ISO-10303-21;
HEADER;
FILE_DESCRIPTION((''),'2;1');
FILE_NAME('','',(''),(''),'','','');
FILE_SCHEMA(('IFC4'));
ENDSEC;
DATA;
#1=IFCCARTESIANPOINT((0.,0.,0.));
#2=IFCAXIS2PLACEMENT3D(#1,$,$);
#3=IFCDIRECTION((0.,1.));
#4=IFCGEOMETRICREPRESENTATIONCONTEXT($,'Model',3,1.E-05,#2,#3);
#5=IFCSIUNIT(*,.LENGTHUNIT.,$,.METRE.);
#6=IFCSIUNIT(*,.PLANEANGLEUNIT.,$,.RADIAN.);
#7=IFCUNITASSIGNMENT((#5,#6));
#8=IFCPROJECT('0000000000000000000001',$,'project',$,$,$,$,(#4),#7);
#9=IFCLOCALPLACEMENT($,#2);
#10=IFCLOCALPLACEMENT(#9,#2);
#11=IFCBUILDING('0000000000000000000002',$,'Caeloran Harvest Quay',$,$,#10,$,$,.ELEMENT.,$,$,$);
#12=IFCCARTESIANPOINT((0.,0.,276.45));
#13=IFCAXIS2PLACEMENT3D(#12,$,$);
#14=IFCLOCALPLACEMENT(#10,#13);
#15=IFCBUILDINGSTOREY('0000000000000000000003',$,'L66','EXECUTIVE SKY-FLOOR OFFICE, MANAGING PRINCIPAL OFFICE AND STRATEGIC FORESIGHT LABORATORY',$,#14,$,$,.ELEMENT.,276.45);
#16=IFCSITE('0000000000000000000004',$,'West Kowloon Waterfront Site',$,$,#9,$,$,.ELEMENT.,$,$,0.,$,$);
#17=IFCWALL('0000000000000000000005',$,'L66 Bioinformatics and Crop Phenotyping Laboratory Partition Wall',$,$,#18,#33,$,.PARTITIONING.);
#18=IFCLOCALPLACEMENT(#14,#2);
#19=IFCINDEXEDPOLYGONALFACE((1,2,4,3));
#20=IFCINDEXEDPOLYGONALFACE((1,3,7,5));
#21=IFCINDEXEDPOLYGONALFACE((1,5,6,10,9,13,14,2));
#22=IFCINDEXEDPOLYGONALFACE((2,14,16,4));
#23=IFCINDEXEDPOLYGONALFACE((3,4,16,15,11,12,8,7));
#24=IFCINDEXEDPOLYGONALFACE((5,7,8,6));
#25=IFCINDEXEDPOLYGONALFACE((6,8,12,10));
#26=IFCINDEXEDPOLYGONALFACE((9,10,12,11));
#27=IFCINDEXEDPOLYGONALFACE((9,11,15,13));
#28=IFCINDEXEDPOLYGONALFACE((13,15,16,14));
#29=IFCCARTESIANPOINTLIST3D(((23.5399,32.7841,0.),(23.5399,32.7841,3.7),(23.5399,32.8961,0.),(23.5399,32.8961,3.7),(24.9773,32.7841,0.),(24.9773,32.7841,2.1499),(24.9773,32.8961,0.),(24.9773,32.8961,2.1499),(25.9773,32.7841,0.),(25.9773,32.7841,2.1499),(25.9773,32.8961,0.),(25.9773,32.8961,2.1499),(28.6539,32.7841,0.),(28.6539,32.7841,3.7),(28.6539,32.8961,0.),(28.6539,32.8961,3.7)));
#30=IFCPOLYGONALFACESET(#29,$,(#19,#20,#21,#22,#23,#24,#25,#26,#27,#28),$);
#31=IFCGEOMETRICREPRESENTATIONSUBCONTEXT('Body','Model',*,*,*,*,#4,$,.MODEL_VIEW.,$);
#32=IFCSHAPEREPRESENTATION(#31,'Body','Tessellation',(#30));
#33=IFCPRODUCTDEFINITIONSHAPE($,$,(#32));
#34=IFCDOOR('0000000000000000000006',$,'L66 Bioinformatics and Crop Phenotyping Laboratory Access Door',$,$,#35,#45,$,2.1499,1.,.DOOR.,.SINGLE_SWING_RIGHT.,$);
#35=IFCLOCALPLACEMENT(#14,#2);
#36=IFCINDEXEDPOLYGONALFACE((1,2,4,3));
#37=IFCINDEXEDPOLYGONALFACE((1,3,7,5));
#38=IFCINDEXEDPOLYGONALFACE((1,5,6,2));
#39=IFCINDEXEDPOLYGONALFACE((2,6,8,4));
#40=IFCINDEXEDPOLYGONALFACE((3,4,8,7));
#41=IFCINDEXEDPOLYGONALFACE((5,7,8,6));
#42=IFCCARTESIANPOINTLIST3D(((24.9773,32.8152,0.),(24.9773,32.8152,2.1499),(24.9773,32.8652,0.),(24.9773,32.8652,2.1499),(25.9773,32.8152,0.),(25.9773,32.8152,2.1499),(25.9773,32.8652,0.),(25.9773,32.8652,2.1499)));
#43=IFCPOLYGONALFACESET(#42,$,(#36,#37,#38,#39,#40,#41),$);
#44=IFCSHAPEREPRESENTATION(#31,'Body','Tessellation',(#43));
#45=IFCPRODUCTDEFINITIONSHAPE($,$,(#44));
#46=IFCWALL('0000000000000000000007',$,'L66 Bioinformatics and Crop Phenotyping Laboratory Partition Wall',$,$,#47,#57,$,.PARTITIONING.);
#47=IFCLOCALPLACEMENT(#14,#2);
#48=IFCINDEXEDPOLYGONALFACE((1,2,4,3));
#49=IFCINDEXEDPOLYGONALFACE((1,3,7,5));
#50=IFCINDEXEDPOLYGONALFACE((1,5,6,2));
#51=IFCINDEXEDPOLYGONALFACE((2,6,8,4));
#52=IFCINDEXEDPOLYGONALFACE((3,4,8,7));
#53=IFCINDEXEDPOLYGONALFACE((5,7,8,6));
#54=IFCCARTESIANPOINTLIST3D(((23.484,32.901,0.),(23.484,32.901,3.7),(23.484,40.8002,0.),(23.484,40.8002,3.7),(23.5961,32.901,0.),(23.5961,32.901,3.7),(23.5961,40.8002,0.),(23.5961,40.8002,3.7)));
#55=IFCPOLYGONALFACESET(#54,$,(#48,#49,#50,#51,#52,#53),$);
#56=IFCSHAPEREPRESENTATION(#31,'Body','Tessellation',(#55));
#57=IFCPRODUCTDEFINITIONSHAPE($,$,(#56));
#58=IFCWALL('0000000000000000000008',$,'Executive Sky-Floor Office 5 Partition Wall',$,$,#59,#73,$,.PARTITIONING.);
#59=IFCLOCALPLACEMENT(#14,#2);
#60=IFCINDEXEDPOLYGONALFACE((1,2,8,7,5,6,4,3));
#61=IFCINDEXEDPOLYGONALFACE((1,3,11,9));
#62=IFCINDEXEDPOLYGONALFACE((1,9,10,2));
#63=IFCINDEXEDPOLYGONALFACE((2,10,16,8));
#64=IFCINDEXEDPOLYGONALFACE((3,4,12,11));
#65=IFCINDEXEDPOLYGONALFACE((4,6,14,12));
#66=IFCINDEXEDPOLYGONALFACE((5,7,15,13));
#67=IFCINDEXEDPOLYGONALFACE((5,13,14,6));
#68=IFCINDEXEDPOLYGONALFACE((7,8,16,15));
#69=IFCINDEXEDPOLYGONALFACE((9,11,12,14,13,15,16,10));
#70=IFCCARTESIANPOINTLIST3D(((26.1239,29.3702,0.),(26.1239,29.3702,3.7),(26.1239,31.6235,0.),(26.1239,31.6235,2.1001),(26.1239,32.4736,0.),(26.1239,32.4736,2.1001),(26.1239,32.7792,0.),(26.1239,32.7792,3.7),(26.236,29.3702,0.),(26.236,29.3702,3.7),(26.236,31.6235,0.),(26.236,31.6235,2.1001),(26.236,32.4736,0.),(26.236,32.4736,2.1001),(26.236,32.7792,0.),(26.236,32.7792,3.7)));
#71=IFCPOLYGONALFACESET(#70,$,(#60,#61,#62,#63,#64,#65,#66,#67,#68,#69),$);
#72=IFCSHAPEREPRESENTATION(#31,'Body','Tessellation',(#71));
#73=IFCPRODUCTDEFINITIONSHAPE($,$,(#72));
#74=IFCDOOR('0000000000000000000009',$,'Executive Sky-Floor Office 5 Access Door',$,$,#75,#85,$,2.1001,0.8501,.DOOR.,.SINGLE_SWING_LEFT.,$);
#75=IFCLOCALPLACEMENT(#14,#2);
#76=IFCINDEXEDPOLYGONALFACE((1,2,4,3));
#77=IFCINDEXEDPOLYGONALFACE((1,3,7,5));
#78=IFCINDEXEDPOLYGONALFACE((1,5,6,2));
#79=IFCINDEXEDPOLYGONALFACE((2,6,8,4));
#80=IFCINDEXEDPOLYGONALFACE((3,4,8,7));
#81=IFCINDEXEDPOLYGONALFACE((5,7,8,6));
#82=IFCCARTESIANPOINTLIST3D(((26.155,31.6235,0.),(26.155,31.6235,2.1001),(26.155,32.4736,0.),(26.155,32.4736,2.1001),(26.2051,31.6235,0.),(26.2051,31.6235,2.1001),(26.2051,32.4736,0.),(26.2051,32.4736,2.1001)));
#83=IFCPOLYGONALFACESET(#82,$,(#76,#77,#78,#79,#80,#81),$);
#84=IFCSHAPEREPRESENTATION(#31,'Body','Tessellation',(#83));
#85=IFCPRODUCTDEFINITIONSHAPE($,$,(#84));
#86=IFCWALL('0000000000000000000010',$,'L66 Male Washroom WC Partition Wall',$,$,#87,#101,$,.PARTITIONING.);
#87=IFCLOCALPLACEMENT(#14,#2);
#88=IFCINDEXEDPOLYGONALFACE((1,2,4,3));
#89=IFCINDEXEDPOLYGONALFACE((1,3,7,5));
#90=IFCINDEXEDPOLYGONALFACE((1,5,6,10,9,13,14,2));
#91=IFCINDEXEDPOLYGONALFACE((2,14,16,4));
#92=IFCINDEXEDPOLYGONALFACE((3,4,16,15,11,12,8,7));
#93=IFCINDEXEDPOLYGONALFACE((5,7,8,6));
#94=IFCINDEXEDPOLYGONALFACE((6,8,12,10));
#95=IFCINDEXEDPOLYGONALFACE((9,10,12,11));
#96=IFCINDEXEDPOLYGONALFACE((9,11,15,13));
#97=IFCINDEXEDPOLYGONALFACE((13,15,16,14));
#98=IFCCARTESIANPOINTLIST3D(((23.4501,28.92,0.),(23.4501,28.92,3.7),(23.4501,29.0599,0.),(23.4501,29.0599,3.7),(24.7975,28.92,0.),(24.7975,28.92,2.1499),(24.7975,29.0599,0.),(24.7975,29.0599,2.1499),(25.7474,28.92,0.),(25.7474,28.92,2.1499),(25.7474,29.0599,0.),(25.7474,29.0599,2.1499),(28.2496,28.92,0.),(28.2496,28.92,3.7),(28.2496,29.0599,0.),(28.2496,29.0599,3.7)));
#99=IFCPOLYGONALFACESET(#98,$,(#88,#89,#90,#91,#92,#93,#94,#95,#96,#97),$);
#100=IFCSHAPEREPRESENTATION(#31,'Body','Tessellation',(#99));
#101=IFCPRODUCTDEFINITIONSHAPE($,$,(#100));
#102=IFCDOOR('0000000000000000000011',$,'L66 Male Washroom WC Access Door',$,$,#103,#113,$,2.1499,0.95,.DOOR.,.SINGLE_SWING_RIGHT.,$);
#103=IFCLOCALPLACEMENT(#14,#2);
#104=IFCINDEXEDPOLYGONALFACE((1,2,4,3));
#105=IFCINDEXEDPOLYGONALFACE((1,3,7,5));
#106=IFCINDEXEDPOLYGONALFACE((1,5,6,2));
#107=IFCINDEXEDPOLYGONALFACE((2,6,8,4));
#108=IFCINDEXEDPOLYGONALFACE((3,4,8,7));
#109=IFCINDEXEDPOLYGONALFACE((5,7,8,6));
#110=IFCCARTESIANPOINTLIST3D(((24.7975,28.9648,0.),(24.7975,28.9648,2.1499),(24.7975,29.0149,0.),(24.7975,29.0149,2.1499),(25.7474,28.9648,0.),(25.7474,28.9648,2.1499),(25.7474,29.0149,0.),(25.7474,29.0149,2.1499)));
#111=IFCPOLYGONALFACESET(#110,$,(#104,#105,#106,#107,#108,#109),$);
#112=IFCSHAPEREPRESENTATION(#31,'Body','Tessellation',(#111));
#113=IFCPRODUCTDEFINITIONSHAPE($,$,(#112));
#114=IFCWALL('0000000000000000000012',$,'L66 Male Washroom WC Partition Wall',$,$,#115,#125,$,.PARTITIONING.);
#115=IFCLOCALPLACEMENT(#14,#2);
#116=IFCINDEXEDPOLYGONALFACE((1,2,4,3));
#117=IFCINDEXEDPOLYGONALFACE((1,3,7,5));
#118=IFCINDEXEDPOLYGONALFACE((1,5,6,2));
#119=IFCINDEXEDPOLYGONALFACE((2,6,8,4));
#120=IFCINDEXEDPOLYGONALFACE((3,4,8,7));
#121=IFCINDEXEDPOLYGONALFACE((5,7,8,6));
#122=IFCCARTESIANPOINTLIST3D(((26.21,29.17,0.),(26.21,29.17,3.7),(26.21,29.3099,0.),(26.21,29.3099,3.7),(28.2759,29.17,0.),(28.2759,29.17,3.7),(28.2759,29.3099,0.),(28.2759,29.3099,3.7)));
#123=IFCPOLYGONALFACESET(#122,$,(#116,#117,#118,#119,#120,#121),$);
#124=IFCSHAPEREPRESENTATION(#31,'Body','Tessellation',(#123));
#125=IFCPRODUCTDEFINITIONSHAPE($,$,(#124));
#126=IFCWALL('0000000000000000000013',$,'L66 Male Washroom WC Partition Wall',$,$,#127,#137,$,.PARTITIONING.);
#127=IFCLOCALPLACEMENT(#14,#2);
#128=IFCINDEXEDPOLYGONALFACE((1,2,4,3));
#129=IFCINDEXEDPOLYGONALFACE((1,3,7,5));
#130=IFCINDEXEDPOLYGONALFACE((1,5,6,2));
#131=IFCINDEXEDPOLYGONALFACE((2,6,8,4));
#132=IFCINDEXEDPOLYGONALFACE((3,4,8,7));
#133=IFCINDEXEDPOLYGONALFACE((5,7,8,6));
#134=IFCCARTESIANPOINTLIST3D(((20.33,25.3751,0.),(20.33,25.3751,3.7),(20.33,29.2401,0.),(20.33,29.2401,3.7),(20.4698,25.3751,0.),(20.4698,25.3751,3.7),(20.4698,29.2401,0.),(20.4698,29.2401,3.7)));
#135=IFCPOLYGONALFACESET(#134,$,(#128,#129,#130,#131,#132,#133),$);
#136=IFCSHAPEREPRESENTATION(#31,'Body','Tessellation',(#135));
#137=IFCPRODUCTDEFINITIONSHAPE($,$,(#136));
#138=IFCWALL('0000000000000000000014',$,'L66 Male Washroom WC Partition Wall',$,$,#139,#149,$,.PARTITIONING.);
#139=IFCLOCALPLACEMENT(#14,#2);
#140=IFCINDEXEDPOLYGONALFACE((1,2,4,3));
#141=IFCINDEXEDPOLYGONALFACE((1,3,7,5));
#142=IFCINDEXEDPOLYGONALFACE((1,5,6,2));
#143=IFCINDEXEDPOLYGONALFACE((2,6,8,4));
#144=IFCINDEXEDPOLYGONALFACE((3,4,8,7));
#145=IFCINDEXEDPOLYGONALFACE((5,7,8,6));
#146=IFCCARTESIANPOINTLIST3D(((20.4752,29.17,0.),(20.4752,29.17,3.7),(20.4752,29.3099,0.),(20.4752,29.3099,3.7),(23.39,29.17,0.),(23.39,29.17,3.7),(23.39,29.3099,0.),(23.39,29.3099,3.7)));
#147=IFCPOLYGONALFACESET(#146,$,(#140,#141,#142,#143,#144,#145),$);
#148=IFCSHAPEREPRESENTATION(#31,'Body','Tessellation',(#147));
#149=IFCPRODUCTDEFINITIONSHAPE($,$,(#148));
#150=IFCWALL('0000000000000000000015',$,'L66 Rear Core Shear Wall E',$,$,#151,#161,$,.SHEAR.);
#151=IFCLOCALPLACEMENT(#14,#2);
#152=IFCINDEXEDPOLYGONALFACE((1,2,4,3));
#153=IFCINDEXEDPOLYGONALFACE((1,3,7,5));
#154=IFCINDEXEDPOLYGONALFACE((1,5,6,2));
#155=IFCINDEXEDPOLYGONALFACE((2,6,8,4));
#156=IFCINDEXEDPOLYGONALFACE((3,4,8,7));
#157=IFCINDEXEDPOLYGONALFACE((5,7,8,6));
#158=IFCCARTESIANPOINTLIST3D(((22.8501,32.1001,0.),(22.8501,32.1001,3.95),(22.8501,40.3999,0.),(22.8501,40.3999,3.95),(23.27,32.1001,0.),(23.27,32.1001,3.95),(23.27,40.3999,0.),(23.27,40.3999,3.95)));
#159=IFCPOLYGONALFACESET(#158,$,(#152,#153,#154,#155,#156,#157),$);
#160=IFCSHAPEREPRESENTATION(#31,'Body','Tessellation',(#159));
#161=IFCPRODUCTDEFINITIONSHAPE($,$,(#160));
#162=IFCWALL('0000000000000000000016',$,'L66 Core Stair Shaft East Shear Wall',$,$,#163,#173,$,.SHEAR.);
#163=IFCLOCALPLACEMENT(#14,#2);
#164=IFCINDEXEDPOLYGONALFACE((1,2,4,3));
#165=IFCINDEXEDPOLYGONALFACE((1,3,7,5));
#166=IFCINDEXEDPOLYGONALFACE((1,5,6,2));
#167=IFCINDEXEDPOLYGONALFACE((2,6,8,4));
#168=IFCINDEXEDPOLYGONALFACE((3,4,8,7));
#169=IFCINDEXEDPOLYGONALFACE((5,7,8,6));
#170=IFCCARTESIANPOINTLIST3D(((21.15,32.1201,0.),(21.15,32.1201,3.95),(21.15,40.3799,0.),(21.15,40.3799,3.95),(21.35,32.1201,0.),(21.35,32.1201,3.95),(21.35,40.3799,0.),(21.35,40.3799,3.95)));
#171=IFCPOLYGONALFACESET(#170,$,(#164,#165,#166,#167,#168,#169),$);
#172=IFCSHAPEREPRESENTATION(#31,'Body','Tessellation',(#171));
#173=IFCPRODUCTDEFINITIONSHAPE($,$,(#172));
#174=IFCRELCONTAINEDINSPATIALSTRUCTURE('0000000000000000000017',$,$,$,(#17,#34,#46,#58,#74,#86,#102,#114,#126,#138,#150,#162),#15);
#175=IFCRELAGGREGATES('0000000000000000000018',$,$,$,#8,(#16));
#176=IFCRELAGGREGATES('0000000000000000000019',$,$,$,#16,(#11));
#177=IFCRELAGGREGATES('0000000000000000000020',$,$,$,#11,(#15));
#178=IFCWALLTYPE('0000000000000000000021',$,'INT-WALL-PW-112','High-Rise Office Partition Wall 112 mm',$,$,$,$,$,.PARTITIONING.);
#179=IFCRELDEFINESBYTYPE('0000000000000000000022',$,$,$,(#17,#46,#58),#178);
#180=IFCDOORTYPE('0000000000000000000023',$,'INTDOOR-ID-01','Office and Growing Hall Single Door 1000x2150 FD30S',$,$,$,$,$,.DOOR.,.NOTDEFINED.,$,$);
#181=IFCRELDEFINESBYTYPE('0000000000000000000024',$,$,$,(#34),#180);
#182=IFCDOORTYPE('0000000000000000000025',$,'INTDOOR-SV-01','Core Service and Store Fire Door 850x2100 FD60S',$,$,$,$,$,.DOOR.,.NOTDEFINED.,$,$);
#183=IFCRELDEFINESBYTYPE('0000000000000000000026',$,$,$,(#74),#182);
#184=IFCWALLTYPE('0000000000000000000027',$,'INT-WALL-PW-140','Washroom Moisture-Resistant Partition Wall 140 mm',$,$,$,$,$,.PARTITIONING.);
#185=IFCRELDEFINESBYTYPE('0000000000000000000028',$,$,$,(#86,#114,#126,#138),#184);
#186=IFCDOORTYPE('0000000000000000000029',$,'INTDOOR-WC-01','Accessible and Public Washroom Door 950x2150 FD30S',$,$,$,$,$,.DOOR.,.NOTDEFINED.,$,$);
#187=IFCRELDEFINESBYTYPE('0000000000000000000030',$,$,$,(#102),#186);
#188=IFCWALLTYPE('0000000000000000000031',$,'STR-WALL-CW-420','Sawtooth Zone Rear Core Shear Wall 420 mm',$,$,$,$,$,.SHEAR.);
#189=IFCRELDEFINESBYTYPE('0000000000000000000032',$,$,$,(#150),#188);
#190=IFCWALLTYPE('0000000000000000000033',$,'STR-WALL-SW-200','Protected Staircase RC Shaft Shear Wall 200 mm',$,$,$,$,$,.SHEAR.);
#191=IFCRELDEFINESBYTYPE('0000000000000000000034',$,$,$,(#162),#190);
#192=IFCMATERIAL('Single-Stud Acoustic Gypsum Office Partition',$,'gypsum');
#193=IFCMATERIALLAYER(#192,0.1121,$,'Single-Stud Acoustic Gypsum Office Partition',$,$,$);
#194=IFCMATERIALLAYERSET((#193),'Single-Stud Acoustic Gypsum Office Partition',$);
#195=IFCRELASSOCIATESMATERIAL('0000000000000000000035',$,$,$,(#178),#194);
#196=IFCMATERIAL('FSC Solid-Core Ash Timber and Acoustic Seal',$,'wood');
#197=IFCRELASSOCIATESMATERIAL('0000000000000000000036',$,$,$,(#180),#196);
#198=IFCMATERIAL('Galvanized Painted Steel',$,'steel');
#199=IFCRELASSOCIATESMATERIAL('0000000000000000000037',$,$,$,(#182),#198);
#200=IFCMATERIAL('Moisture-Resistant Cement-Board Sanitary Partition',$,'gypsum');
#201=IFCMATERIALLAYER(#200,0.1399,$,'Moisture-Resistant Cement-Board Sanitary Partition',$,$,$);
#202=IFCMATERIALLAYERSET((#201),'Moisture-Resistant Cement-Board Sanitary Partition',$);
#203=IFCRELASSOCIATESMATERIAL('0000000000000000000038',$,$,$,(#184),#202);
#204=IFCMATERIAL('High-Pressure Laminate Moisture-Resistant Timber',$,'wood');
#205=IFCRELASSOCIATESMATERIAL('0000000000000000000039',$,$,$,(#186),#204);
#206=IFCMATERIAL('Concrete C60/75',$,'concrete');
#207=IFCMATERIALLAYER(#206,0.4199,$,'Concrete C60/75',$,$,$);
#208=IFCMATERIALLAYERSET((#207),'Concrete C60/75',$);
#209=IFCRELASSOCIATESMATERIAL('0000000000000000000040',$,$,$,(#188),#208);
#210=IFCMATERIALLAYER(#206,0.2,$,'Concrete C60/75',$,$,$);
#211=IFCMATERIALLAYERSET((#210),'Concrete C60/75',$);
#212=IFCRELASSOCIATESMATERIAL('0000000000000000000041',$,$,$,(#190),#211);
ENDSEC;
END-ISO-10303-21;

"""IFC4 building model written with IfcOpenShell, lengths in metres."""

from ifc_helpers import new_model, si_unit, direction, frame, frame_2d, origin, place, context, subcontext, project, spatial, rectangle, extrude, material, layer, layer_set, type_object, element, fill, save


model = new_model("IFC4")

# Units and contexts
model_context = context("Model", 3, precision=1e-05, world=origin(), true_north=direction((0.0, 1.0)))
body_context = subcontext(model_context, "Body", "Model", "MODEL_VIEW")
ifc_project = project(units=[si_unit("LENGTHUNIT", "METRE"), si_unit("PLANEANGLEUNIT", "RADIAN")], contexts=[model_context])

# Site, building, storey
site_placement = place(None, origin())
site = spatial("IfcSite", under=ifc_project, at=site_placement, Name="West Kowloon Waterfront Site", CompositionType="ELEMENT", RefElevation=0.0)
building_placement = place(site_placement, origin())
building = spatial("IfcBuilding", under=site, at=building_placement, Name="Caeloran Harvest Quay", CompositionType="ELEMENT")
storey_placement = place(building_placement, frame((0.0, 0.0, 276.45)))
storey = spatial("IfcBuildingStorey", under=building, at=storey_placement, Name="L66", Description="EXECUTIVE SKY-FLOOR OFFICE, MANAGING PRINCIPAL OFFICE AND STRATEGIC FORESIGHT LABORATORY", CompositionType="ELEMENT", Elevation=276.45)

# Shared definitions
ifc_material_1 = material(Name="Concrete C60/75", Category="concrete")

# Wall, opening, door
ifc_material_2 = material(Name="Single-Stud Acoustic Gypsum Office Partition", Category="gypsum")
ifc_layer_1 = layer(ifc_material_2, 0.1121, Name="Single-Stud Acoustic Gypsum Office Partition")
ifc_layer_set_1 = layer_set([ifc_layer_1], Name="Single-Stud Acoustic Gypsum Office Partition")
wall_type_1 = type_object("IfcWallType", Name="INT-WALL-PW-112", Description="High-Rise Office Partition Wall 112 mm", PredefinedType="PARTITIONING", material=ifc_layer_set_1)
wall_1_placement = place(storey_placement, frame((28.6541, 32.8401, 0.0), z_axis=(0.0, 0.0, 1.0), x_axis=(-1.0, 0.0, 0.0)))
wall_1 = element("IfcWall", 1, at=wall_1_placement, inside=storey, type_object=wall_type_1, Name="L66 Bioinformatics and Crop Phenotyping Laboratory Partition Wall", PredefinedType="PARTITIONING", context=body_context, shape_type="SweptSolid", body=[
    extrude(rectangle(XDim=5.114, YDim=0.1121, at=frame_2d((2.5571, 0.0))), origin(), (0.0, 0.0, 1.0), 3.7),
])
opening_1_placement = place(wall_1_placement, frame((2.6768, 0.0, 0.0)))
opening_1 = element("IfcOpeningElement", 2, at=opening_1_placement, cuts=wall_1, PredefinedType="OPENING", context=body_context, shape_type="SweptSolid", body=[
    extrude(rectangle(XDim=1.0, YDim=2.1499, at=frame_2d((0.5, 1.075))), frame((0.0, 0.0659, 0.0), z_axis=(0.0, -1.0, 0.0), x_axis=(1.0, 0.0, 0.0)), (0.0, 0.0, 1.0), 0.1321),
])
ifc_material_3 = material(Name="FSC Solid-Core Ash Timber and Acoustic Seal", Category="wood")
door_type_1 = type_object("IfcDoorType", Name="INTDOOR-ID-01", Description="Office and Growing Hall Single Door 1000x2150 FD30S", OperationType="NOTDEFINED", PredefinedType="DOOR", material=ifc_material_3)
door_1_placement = place(opening_1_placement, origin())
door_1 = element("IfcDoor", 3, at=door_1_placement, inside=storey, type_object=door_type_1, Name="L66 Bioinformatics and Crop Phenotyping Laboratory Access Door", OperationType="SINGLE_SWING_RIGHT", OverallHeight=2.1499, OverallWidth=1.0, PredefinedType="DOOR", context=body_context, shape_type="SweptSolid", body=[
    extrude(rectangle(XDim=1.0, YDim=2.1499, at=frame_2d((0.5, 1.075))), frame((0.0, 0.0249, 0.0), z_axis=(0.0, -1.0, 0.0), x_axis=(1.0, 0.0, 0.0)), (0.0, 0.0, 1.0), 0.05),
])
fill(opening_1, door_1)

# Wall
wall_2_placement = place(storey_placement, frame((23.54, 32.9009, 0.0), z_axis=(0.0, 0.0, 1.0), x_axis=(0.0, 1.0, 0.0)))
element("IfcWall", 4, at=wall_2_placement, inside=storey, type_object=wall_type_1, Name="L66 Bioinformatics and Crop Phenotyping Laboratory Partition Wall", PredefinedType="PARTITIONING", context=body_context, shape_type="SweptSolid", body=[
    extrude(rectangle(XDim=7.8992, YDim=0.1121, at=frame_2d((3.9497, 0.0))), origin(), (0.0, 0.0, 1.0), 3.7),
])

# Walls, openings, doors
wall_3_placement = place(storey_placement, frame((26.1799, 29.3701, 0.0), z_axis=(0.0, 0.0, 1.0), x_axis=(0.0, 1.0, 0.0)))
wall_3 = element("IfcWall", 5, at=wall_3_placement, inside=storey, type_object=wall_type_1, Name="Executive Sky-Floor Office 5 Partition Wall", PredefinedType="PARTITIONING", context=body_context, shape_type="SweptSolid", body=[
    extrude(rectangle(XDim=3.4089, YDim=0.1121, at=frame_2d((1.7046, 0.0))), origin(), (0.0, 0.0, 1.0), 3.7),
])
opening_2_placement = place(wall_3_placement, frame((2.2534, 0.0, 0.0)))
opening_2 = element("IfcOpeningElement", 6, at=opening_2_placement, cuts=wall_3, PredefinedType="OPENING", context=body_context, shape_type="SweptSolid", body=[
    extrude(rectangle(XDim=0.8501, YDim=2.1001, at=frame_2d((0.425, 1.05))), frame((0.0, 0.0659, 0.0), z_axis=(0.0, -1.0, 0.0), x_axis=(1.0, 0.0, 0.0)), (0.0, 0.0, 1.0), 0.1321),
])
ifc_material_4 = material(Name="Galvanized Painted Steel", Category="steel")
door_type_2 = type_object("IfcDoorType", Name="INTDOOR-SV-01", Description="Core Service and Store Fire Door 850x2100 FD60S", OperationType="NOTDEFINED", PredefinedType="DOOR", material=ifc_material_4)
door_2_placement = place(opening_2_placement, origin())
door_2 = element("IfcDoor", 7, at=door_2_placement, inside=storey, type_object=door_type_2, Name="Executive Sky-Floor Office 5 Access Door", OperationType="SINGLE_SWING_LEFT", OverallHeight=2.1001, OverallWidth=0.8501, PredefinedType="DOOR", context=body_context, shape_type="SweptSolid", body=[
    extrude(rectangle(XDim=0.8501, YDim=2.1001, at=frame_2d((0.425, 1.05))), frame((0.0, 0.0249, 0.0), z_axis=(0.0, -1.0, 0.0), x_axis=(1.0, 0.0, 0.0)), (0.0, 0.0, 1.0), 0.05),
])
fill(opening_2, door_2)
ifc_material_5 = material(Name="Moisture-Resistant Cement-Board Sanitary Partition", Category="gypsum")
ifc_layer_2 = layer(ifc_material_5, 0.1399, Name="Moisture-Resistant Cement-Board Sanitary Partition")
ifc_layer_set_2 = layer_set([ifc_layer_2], Name="Moisture-Resistant Cement-Board Sanitary Partition")
wall_type_2 = type_object("IfcWallType", Name="INT-WALL-PW-140", Description="Washroom Moisture-Resistant Partition Wall 140 mm", PredefinedType="PARTITIONING", material=ifc_layer_set_2)
wall_4_placement = place(storey_placement, frame((23.45, 28.99, 0.0), z_axis=(0.0, 0.0, 1.0), x_axis=(1.0, 0.0, 0.0)))
wall_4 = element("IfcWall", 8, at=wall_4_placement, inside=storey, type_object=wall_type_2, Name="L66 Male Washroom WC Partition Wall", PredefinedType="PARTITIONING", context=body_context, shape_type="SweptSolid", body=[
    extrude(rectangle(XDim=4.7996, YDim=0.1399, at=frame_2d((2.3999, 0.0))), origin(), (0.0, 0.0, 1.0), 3.7),
])
opening_3_placement = place(wall_4_placement, frame((1.3474, 0.0, 0.0)))
opening_3 = element("IfcOpeningElement", 9, at=opening_3_placement, cuts=wall_4, PredefinedType="OPENING", context=body_context, shape_type="SweptSolid", body=[
    extrude(rectangle(XDim=0.95, YDim=2.1499, at=frame_2d((0.4751, 1.075))), frame((0.0, 0.0801, 0.0), z_axis=(0.0, -1.0, 0.0), x_axis=(1.0, 0.0, 0.0)), (0.0, 0.0, 1.0), 0.1599),
])
ifc_material_6 = material(Name="High-Pressure Laminate Moisture-Resistant Timber", Category="wood")
door_type_3 = type_object("IfcDoorType", Name="INTDOOR-WC-01", Description="Accessible and Public Washroom Door 950x2150 FD30S", OperationType="NOTDEFINED", PredefinedType="DOOR", material=ifc_material_6)
door_3_placement = place(opening_3_placement, origin())
door_3 = element("IfcDoor", 10, at=door_3_placement, inside=storey, type_object=door_type_3, Name="L66 Male Washroom WC Access Door", OperationType="SINGLE_SWING_RIGHT", OverallHeight=2.1499, OverallWidth=0.95, PredefinedType="DOOR", context=body_context, shape_type="SweptSolid", body=[
    extrude(rectangle(XDim=0.95, YDim=2.1499, at=frame_2d((0.4751, 1.075))), frame((0.0, 0.0249, 0.0), z_axis=(0.0, -1.0, 0.0), x_axis=(1.0, 0.0, 0.0)), (0.0, 0.0, 1.0), 0.05),
])
fill(opening_3, door_3)

# Walls
wall_5_placement = place(storey_placement, frame((26.21, 29.24, 0.0), z_axis=(0.0, 0.0, 1.0), x_axis=(1.0, 0.0, 0.0)))
element("IfcWall", 11, at=wall_5_placement, inside=storey, type_object=wall_type_2, Name="L66 Male Washroom WC Partition Wall", PredefinedType="PARTITIONING", context=body_context, shape_type="SweptSolid", body=[
    extrude(rectangle(XDim=2.0659, YDim=0.1399, at=frame_2d((1.033, 0.0))), origin(), (0.0, 0.0, 1.0), 3.7),
])
wall_6_placement = place(storey_placement, frame((20.3999, 25.375, 0.0), z_axis=(0.0, 0.0, 1.0), x_axis=(0.0, 1.0, 0.0)))
element("IfcWall", 12, at=wall_6_placement, inside=storey, type_object=wall_type_2, Name="L66 Male Washroom WC Partition Wall", PredefinedType="PARTITIONING", context=body_context, shape_type="SweptSolid", body=[
    extrude(rectangle(XDim=3.865, YDim=0.1399, at=frame_2d((1.9326, 0.0))), origin(), (0.0, 0.0, 1.0), 3.7),
])
wall_7_placement = place(storey_placement, frame((20.4751, 29.24, 0.0), z_axis=(0.0, 0.0, 1.0), x_axis=(1.0, 0.0, 0.0)))
element("IfcWall", 13, at=wall_7_placement, inside=storey, type_object=wall_type_2, Name="L66 Male Washroom WC Partition Wall", PredefinedType="PARTITIONING", context=body_context, shape_type="SweptSolid", body=[
    extrude(rectangle(XDim=2.9148, YDim=0.1399, at=frame_2d((1.4575, 0.0))), origin(), (0.0, 0.0, 1.0), 3.7),
])
ifc_layer_3 = layer(ifc_material_1, 0.4199, Name="Concrete C60/75")
ifc_layer_set_3 = layer_set([ifc_layer_3], Name="Concrete C60/75")
wall_type_3 = type_object("IfcWallType", Name="STR-WALL-CW-420", Description="Sawtooth Zone Rear Core Shear Wall 420 mm", PredefinedType="SHEAR", material=ifc_layer_set_3)
wall_8_placement = place(storey_placement, frame((23.0601, 32.1001, 0.0), z_axis=(0.0, 0.0, 1.0), x_axis=(0.0, 1.0, 0.0)))
element("IfcWall", 14, at=wall_8_placement, inside=storey, type_object=wall_type_3, Name="L66 Rear Core Shear Wall E", PredefinedType="SHEAR", context=body_context, shape_type="SweptSolid", body=[
    extrude(rectangle(XDim=8.2998, YDim=0.4199, at=frame_2d((4.1499, 0.0))), origin(), (0.0, 0.0, 1.0), 3.95),
])
ifc_layer_4 = layer(ifc_material_1, 0.2, Name="Concrete C60/75")
ifc_layer_set_4 = layer_set([ifc_layer_4], Name="Concrete C60/75")
wall_type_4 = type_object("IfcWallType", Name="STR-WALL-SW-200", Description="Protected Staircase RC Shaft Shear Wall 200 mm", PredefinedType="SHEAR", material=ifc_layer_set_4)
wall_9_placement = place(storey_placement, frame((21.25, 32.1201, 0.0), z_axis=(0.0, 0.0, 1.0), x_axis=(0.0, 1.0, 0.0)))
element("IfcWall", 15, at=wall_9_placement, inside=storey, type_object=wall_type_4, Name="L66 Core Stair Shaft East Shear Wall", PredefinedType="SHEAR", context=body_context, shape_type="SweptSolid", body=[
    extrude(rectangle(XDim=8.2598, YDim=0.2, at=frame_2d((4.1299, 0.0))), origin(), (0.0, 0.0, 1.0), 3.95),
])

save(model, "model.ifc")
